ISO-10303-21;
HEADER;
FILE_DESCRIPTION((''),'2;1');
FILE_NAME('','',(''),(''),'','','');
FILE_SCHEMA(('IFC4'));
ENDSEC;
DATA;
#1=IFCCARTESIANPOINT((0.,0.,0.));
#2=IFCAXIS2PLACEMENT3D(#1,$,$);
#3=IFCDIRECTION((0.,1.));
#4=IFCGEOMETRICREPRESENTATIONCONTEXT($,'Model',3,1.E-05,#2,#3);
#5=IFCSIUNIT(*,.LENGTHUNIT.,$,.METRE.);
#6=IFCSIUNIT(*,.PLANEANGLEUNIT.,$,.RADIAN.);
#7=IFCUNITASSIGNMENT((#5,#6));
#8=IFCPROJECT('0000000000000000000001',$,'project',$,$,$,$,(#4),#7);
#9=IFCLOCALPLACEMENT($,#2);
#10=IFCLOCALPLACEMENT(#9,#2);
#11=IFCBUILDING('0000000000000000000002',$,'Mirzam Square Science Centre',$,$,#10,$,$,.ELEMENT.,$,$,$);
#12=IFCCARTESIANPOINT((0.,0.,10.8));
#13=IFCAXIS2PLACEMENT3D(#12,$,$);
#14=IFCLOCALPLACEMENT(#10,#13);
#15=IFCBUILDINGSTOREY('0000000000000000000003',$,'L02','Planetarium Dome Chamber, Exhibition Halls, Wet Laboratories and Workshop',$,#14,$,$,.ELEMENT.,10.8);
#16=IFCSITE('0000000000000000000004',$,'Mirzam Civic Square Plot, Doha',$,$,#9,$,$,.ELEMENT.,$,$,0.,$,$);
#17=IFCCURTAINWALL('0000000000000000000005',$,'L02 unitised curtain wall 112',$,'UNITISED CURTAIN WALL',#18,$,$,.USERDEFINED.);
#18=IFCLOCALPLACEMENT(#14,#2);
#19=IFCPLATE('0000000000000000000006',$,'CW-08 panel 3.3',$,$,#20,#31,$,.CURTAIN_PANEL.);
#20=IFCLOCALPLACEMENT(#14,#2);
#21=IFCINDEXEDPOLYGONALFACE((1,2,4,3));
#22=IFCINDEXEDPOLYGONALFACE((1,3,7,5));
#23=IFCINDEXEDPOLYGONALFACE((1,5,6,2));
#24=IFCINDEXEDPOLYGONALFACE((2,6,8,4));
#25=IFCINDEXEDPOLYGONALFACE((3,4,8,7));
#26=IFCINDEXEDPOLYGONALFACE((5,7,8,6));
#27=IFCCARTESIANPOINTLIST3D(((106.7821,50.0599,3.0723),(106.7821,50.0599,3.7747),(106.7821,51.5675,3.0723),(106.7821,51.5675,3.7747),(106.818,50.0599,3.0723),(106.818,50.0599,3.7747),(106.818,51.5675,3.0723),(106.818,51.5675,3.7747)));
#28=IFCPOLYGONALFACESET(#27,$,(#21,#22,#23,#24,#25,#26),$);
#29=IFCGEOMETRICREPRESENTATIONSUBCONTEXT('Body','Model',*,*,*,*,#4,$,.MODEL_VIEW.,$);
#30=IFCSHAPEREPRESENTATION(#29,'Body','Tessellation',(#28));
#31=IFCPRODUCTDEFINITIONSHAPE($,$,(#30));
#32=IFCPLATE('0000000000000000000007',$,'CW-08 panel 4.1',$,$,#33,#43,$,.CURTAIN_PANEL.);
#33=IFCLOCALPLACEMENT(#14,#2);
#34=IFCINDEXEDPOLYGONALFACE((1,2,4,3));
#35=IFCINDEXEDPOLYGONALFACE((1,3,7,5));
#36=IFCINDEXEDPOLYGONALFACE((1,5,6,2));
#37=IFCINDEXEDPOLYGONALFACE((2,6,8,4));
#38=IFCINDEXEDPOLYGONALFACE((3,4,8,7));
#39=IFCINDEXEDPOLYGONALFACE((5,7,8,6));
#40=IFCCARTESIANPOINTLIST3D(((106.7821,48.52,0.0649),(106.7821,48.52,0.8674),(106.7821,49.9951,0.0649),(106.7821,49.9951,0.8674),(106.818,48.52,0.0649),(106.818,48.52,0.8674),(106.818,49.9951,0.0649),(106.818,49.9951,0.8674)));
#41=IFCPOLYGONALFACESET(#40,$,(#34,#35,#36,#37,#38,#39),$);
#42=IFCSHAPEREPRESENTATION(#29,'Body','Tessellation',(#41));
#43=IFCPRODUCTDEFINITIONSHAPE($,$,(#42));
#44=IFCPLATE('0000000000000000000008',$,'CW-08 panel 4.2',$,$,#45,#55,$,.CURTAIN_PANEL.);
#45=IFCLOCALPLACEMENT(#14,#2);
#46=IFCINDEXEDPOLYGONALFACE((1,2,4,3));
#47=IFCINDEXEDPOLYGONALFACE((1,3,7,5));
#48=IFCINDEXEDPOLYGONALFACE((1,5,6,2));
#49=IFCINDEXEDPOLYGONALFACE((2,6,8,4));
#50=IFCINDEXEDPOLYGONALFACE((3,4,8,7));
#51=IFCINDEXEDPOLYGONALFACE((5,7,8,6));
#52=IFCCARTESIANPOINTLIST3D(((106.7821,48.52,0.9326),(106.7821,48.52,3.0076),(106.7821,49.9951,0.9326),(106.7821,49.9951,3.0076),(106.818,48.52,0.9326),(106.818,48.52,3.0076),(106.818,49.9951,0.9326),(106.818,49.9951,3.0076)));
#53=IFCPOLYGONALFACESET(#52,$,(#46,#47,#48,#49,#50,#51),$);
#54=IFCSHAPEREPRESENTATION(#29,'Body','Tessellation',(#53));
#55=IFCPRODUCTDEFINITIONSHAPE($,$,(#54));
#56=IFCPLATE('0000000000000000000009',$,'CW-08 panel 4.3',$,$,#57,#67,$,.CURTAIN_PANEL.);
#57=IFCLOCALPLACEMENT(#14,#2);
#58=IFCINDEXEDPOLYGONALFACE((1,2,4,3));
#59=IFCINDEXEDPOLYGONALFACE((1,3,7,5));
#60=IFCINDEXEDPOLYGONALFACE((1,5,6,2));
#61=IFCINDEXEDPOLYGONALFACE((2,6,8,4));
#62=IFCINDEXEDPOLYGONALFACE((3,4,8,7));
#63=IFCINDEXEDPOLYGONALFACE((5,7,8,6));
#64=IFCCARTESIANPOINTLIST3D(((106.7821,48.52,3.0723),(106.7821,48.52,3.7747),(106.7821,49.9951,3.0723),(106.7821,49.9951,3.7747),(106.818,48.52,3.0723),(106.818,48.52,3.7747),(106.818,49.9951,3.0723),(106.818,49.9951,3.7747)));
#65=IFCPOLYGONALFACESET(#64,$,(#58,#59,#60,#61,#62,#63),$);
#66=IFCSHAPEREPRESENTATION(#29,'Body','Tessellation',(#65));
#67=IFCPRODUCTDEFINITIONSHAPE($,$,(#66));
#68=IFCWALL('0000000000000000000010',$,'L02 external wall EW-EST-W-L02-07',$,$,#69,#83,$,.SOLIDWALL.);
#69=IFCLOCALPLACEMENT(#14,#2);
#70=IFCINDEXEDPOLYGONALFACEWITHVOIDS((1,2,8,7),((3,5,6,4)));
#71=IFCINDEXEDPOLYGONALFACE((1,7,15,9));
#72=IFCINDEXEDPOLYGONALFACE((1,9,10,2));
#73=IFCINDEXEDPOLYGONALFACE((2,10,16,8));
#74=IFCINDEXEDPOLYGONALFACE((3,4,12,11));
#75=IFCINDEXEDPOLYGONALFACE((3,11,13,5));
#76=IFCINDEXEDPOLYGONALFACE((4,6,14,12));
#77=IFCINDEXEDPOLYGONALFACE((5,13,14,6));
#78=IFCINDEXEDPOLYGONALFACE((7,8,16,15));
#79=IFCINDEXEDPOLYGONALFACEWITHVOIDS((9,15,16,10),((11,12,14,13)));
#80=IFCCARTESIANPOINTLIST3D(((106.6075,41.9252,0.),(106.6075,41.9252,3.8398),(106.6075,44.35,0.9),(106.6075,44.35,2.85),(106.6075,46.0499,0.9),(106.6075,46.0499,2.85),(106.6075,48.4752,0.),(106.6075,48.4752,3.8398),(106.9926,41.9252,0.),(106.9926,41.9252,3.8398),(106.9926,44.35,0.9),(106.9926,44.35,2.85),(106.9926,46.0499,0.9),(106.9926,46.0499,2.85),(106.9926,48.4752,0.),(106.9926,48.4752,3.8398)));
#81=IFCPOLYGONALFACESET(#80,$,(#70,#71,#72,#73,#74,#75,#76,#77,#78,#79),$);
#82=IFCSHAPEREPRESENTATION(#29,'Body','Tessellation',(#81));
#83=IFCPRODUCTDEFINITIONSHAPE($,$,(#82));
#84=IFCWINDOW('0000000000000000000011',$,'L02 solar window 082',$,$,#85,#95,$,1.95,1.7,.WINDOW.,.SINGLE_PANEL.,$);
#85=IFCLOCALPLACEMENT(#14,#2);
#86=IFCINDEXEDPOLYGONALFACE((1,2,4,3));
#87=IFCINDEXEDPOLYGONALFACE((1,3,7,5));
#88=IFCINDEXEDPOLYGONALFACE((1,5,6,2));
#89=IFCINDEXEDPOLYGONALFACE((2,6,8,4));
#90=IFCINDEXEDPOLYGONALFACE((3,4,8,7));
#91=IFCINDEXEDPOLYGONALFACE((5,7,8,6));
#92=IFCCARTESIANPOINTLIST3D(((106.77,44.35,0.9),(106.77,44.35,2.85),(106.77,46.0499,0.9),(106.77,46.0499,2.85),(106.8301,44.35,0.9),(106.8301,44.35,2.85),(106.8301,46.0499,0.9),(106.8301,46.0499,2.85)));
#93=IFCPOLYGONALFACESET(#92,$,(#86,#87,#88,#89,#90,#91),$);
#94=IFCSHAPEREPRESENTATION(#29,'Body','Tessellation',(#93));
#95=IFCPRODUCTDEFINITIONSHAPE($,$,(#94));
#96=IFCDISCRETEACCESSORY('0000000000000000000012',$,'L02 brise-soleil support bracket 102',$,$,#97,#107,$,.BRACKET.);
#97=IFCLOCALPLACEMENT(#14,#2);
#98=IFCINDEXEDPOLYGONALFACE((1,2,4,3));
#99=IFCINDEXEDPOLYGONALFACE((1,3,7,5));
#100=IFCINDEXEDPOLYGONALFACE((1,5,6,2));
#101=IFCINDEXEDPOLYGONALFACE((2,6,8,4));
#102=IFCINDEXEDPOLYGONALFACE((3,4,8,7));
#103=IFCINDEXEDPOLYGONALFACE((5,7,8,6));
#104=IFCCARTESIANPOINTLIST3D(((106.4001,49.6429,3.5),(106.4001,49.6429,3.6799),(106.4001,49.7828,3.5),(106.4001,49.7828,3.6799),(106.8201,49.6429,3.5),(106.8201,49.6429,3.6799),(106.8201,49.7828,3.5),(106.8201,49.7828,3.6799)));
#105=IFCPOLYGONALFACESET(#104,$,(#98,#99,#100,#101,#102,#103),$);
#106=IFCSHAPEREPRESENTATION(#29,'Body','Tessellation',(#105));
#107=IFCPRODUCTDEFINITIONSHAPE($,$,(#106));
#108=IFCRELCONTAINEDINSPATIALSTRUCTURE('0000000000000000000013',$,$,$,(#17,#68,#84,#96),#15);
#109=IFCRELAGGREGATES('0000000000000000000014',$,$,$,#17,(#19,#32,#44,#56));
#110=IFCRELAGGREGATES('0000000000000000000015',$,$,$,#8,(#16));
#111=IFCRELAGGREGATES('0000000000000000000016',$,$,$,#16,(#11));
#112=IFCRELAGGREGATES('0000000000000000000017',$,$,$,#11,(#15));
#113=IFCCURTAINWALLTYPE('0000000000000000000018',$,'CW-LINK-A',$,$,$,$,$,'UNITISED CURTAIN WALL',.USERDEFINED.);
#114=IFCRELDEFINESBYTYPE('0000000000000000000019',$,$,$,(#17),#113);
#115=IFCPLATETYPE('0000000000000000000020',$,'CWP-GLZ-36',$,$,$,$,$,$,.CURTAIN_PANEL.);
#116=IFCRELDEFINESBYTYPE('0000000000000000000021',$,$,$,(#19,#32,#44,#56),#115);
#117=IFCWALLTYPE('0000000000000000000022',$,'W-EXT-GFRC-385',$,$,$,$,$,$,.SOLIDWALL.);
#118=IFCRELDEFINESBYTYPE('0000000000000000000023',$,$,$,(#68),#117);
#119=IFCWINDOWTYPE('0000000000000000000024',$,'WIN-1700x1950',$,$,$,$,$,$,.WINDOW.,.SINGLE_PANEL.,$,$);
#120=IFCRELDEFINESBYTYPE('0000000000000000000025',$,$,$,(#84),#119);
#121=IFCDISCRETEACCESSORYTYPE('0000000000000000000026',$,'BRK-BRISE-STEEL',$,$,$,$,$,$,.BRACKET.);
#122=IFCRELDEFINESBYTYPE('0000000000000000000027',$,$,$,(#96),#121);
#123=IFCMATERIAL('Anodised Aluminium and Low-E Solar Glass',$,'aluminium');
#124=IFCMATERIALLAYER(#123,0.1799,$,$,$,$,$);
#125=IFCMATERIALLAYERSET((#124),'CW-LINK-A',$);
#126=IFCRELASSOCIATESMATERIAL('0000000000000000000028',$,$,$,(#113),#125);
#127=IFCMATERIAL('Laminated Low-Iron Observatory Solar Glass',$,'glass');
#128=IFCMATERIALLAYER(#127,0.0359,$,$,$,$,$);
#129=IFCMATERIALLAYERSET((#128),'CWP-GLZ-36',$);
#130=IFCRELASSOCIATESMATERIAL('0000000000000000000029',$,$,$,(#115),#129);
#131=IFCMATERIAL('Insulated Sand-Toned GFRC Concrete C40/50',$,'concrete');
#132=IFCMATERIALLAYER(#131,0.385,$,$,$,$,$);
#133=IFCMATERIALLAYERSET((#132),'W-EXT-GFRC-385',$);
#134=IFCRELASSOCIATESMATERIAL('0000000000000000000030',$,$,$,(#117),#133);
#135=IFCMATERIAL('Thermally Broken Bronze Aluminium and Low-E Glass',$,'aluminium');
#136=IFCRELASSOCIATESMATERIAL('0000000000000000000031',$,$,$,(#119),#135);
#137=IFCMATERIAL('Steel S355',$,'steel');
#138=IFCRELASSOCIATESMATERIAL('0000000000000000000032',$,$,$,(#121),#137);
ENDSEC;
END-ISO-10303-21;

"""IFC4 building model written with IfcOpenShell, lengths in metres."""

from ifc_helpers import new_model, si_unit, direction, frame, frame_2d, origin, origin_2d, place, context, subcontext, project, spatial, rectangle, extrude, material, layer, layer_set, type_object, element, fill, aggregate, save


model = new_model("IFC4")

# Units and contexts
model_context = context("Model", 3, precision=1e-05, world=origin(), true_north=direction((0.0, 1.0)))
body_context = subcontext(model_context, "Body", "Model", "MODEL_VIEW")
ifc_project = project(units=[si_unit("LENGTHUNIT", "METRE"), si_unit("PLANEANGLEUNIT", "RADIAN")], contexts=[model_context])

# Site, building, storey
site_placement = place(None, origin())
site = spatial("IfcSite", under=ifc_project, at=site_placement, Name="Mirzam Civic Square Plot, Doha", CompositionType="ELEMENT", RefElevation=0.0)
building_placement = place(site_placement, origin())
building = spatial("IfcBuilding", under=site, at=building_placement, Name="Mirzam Square Science Centre", CompositionType="ELEMENT")
storey_placement = place(building_placement, frame((0.0, 0.0, 10.8)))
storey = spatial("IfcBuildingStorey", under=building, at=storey_placement, Name="L02", Description="Planetarium Dome Chamber, Exhibition Halls, Wet Laboratories and Workshop", CompositionType="ELEMENT", Elevation=10.8)

# Curtain wall
ifc_material_1 = material(Name="Anodised Aluminium and Low-E Solar Glass", Category="aluminium")
ifc_layer_1 = layer(ifc_material_1, 0.1799)
ifc_layer_set_1 = layer_set([ifc_layer_1], Name="CW-LINK-A")
curtain_wall_type = type_object("IfcCurtainWallType", Name="CW-LINK-A", ElementType="UNITISED CURTAIN WALL", PredefinedType="USERDEFINED", material=ifc_layer_set_1)
curtain_wall_placement = place(storey_placement, origin())
curtain_wall = element("IfcCurtainWall", 1, at=curtain_wall_placement, inside=storey, type_object=curtain_wall_type, Name="L02 unitised curtain wall 112", ObjectType="UNITISED CURTAIN WALL", PredefinedType="USERDEFINED")

# Shared definitions
ifc_material_2 = material(Name="Steel S355", Category="steel")

# Plates
ifc_material_3 = material(Name="Laminated Low-Iron Observatory Solar Glass", Category="glass")
ifc_layer_2 = layer(ifc_material_3, 0.0359)
ifc_layer_set_2 = layer_set([ifc_layer_2], Name="CWP-GLZ-36")
plate_type = type_object("IfcPlateType", Name="CWP-GLZ-36", PredefinedType="CURTAIN_PANEL", material=ifc_layer_set_2)
plate_1_placement = place(storey_placement, frame((106.8, 50.8137, 3.0723), z_axis=(0.0, 0.0, 1.0), x_axis=(0.0, -1.0, 0.0)))
plate_1 = element("IfcPlate", 2, at=plate_1_placement, type_object=plate_type, Name="CW-08 panel 3.3", PredefinedType="CURTAIN_PANEL", context=body_context, shape_type="SweptSolid", body=[
    extrude(rectangle(XDim=1.5076, YDim=0.0359, at=origin_2d()), origin(), (0.0, 0.0, 1.0), 0.7024),
])
plate_2_placement = place(storey_placement, frame((106.8, 49.2576, 0.0649), z_axis=(0.0, 0.0, 1.0), x_axis=(0.0, -1.0, 0.0)))
plate_2 = element("IfcPlate", 3, at=plate_2_placement, type_object=plate_type, Name="CW-08 panel 4.1", PredefinedType="CURTAIN_PANEL", context=body_context, shape_type="SweptSolid", body=[
    extrude(rectangle(XDim=1.4751, YDim=0.0359, at=origin_2d()), origin(), (0.0, 0.0, 1.0), 0.8025),
])
plate_3_placement = place(storey_placement, frame((106.8, 49.2576, 0.9326), z_axis=(0.0, 0.0, 1.0), x_axis=(0.0, -1.0, 0.0)))
plate_3 = element("IfcPlate", 4, at=plate_3_placement, type_object=plate_type, Name="CW-08 panel 4.2", PredefinedType="CURTAIN_PANEL", context=body_context, shape_type="SweptSolid", body=[
    extrude(rectangle(XDim=1.4751, YDim=0.0359, at=origin_2d()), origin(), (0.0, 0.0, 1.0), 2.075),
])
plate_4_placement = place(storey_placement, frame((106.8, 49.2576, 3.0723), z_axis=(0.0, 0.0, 1.0), x_axis=(0.0, -1.0, 0.0)))
plate_4 = element("IfcPlate", 5, at=plate_4_placement, type_object=plate_type, Name="CW-08 panel 4.3", PredefinedType="CURTAIN_PANEL", context=body_context, shape_type="SweptSolid", body=[
    extrude(rectangle(XDim=1.4751, YDim=0.0359, at=origin_2d()), origin(), (0.0, 0.0, 1.0), 0.7024),
])
aggregate(curtain_wall, [plate_1, plate_2, plate_3, plate_4])

# Wall, opening, window
ifc_material_4 = material(Name="Insulated Sand-Toned GFRC Concrete C40/50", Category="concrete")
ifc_layer_3 = layer(ifc_material_4, 0.385)
ifc_layer_set_3 = layer_set([ifc_layer_3], Name="W-EXT-GFRC-385")
wall_type = type_object("IfcWallType", Name="W-EXT-GFRC-385", PredefinedType="SOLIDWALL", material=ifc_layer_set_3)
wall_placement = place(storey_placement, frame((106.8, 48.4751, 0.0), z_axis=(0.0, 0.0, 1.0), x_axis=(0.0, -1.0, 0.0)))
wall = element("IfcWall", 6, at=wall_placement, inside=storey, type_object=wall_type, Name="L02 external wall EW-EST-W-L02-07", PredefinedType="SOLIDWALL", context=body_context, shape_type="SweptSolid", body=[
    extrude(rectangle(XDim=6.55, YDim=0.385, at=frame_2d((3.2749, 0.0))), origin(), (0.0, 0.0, 1.0), 3.8398),
])
opening_placement = place(wall_placement, frame((2.425, 0.0, 0.8999)))
opening = element("IfcOpeningElement", 7, at=opening_placement, cuts=wall, PredefinedType="OPENING", context=body_context, shape_type="SweptSolid", body=[
    extrude(rectangle(XDim=1.7, YDim=1.95, at=frame_2d((0.8501, 0.9751))), frame((0.0, 0.2024, 0.0), z_axis=(0.0, -1.0, 0.0), x_axis=(1.0, 0.0, 0.0)), (0.0, 0.0, 1.0), 0.405),
])
ifc_material_5 = material(Name="Thermally Broken Bronze Aluminium and Low-E Glass", Category="aluminium")
window_type = type_object("IfcWindowType", Name="WIN-1700x1950", PartitioningType="SINGLE_PANEL", PredefinedType="WINDOW", material=ifc_material_5)
window_placement = place(opening_placement, origin())
window = element("IfcWindow", 8, at=window_placement, inside=storey, type_object=window_type, Name="L02 solar window 082", OverallHeight=1.95, OverallWidth=1.7, PartitioningType="SINGLE_PANEL", PredefinedType="WINDOW", context=body_context, shape_type="SweptSolid", body=[
    extrude(rectangle(XDim=1.7, YDim=1.95, at=frame_2d((0.8501, 0.9751))), frame((0.0, 0.03, 0.0), z_axis=(0.0, -1.0, 0.0), x_axis=(1.0, 0.0, 0.0)), (0.0, 0.0, 1.0), 0.0601),
])
fill(opening, window)

# Discrete accessory
discrete_accessory_type = type_object("IfcDiscreteAccessoryType", Name="BRK-BRISE-STEEL", PredefinedType="BRACKET", material=ifc_material_2)
discrete_accessory_placement = place(storey_placement, frame((106.6101, 49.7129, 3.5), z_axis=(0.0, 0.0, 1.0), x_axis=(0.0, -1.0, 0.0)))
element("IfcDiscreteAccessory", 9, at=discrete_accessory_placement, inside=storey, type_object=discrete_accessory_type, Name="L02 brise-soleil support bracket 102", PredefinedType="BRACKET", context=body_context, shape_type="SweptSolid", body=[
    extrude(rectangle(XDim=0.1399, YDim=0.4199, at=origin_2d()), origin(), (0.0, 0.0, 1.0), 0.1799),
])

save(model, "model.ifc")
